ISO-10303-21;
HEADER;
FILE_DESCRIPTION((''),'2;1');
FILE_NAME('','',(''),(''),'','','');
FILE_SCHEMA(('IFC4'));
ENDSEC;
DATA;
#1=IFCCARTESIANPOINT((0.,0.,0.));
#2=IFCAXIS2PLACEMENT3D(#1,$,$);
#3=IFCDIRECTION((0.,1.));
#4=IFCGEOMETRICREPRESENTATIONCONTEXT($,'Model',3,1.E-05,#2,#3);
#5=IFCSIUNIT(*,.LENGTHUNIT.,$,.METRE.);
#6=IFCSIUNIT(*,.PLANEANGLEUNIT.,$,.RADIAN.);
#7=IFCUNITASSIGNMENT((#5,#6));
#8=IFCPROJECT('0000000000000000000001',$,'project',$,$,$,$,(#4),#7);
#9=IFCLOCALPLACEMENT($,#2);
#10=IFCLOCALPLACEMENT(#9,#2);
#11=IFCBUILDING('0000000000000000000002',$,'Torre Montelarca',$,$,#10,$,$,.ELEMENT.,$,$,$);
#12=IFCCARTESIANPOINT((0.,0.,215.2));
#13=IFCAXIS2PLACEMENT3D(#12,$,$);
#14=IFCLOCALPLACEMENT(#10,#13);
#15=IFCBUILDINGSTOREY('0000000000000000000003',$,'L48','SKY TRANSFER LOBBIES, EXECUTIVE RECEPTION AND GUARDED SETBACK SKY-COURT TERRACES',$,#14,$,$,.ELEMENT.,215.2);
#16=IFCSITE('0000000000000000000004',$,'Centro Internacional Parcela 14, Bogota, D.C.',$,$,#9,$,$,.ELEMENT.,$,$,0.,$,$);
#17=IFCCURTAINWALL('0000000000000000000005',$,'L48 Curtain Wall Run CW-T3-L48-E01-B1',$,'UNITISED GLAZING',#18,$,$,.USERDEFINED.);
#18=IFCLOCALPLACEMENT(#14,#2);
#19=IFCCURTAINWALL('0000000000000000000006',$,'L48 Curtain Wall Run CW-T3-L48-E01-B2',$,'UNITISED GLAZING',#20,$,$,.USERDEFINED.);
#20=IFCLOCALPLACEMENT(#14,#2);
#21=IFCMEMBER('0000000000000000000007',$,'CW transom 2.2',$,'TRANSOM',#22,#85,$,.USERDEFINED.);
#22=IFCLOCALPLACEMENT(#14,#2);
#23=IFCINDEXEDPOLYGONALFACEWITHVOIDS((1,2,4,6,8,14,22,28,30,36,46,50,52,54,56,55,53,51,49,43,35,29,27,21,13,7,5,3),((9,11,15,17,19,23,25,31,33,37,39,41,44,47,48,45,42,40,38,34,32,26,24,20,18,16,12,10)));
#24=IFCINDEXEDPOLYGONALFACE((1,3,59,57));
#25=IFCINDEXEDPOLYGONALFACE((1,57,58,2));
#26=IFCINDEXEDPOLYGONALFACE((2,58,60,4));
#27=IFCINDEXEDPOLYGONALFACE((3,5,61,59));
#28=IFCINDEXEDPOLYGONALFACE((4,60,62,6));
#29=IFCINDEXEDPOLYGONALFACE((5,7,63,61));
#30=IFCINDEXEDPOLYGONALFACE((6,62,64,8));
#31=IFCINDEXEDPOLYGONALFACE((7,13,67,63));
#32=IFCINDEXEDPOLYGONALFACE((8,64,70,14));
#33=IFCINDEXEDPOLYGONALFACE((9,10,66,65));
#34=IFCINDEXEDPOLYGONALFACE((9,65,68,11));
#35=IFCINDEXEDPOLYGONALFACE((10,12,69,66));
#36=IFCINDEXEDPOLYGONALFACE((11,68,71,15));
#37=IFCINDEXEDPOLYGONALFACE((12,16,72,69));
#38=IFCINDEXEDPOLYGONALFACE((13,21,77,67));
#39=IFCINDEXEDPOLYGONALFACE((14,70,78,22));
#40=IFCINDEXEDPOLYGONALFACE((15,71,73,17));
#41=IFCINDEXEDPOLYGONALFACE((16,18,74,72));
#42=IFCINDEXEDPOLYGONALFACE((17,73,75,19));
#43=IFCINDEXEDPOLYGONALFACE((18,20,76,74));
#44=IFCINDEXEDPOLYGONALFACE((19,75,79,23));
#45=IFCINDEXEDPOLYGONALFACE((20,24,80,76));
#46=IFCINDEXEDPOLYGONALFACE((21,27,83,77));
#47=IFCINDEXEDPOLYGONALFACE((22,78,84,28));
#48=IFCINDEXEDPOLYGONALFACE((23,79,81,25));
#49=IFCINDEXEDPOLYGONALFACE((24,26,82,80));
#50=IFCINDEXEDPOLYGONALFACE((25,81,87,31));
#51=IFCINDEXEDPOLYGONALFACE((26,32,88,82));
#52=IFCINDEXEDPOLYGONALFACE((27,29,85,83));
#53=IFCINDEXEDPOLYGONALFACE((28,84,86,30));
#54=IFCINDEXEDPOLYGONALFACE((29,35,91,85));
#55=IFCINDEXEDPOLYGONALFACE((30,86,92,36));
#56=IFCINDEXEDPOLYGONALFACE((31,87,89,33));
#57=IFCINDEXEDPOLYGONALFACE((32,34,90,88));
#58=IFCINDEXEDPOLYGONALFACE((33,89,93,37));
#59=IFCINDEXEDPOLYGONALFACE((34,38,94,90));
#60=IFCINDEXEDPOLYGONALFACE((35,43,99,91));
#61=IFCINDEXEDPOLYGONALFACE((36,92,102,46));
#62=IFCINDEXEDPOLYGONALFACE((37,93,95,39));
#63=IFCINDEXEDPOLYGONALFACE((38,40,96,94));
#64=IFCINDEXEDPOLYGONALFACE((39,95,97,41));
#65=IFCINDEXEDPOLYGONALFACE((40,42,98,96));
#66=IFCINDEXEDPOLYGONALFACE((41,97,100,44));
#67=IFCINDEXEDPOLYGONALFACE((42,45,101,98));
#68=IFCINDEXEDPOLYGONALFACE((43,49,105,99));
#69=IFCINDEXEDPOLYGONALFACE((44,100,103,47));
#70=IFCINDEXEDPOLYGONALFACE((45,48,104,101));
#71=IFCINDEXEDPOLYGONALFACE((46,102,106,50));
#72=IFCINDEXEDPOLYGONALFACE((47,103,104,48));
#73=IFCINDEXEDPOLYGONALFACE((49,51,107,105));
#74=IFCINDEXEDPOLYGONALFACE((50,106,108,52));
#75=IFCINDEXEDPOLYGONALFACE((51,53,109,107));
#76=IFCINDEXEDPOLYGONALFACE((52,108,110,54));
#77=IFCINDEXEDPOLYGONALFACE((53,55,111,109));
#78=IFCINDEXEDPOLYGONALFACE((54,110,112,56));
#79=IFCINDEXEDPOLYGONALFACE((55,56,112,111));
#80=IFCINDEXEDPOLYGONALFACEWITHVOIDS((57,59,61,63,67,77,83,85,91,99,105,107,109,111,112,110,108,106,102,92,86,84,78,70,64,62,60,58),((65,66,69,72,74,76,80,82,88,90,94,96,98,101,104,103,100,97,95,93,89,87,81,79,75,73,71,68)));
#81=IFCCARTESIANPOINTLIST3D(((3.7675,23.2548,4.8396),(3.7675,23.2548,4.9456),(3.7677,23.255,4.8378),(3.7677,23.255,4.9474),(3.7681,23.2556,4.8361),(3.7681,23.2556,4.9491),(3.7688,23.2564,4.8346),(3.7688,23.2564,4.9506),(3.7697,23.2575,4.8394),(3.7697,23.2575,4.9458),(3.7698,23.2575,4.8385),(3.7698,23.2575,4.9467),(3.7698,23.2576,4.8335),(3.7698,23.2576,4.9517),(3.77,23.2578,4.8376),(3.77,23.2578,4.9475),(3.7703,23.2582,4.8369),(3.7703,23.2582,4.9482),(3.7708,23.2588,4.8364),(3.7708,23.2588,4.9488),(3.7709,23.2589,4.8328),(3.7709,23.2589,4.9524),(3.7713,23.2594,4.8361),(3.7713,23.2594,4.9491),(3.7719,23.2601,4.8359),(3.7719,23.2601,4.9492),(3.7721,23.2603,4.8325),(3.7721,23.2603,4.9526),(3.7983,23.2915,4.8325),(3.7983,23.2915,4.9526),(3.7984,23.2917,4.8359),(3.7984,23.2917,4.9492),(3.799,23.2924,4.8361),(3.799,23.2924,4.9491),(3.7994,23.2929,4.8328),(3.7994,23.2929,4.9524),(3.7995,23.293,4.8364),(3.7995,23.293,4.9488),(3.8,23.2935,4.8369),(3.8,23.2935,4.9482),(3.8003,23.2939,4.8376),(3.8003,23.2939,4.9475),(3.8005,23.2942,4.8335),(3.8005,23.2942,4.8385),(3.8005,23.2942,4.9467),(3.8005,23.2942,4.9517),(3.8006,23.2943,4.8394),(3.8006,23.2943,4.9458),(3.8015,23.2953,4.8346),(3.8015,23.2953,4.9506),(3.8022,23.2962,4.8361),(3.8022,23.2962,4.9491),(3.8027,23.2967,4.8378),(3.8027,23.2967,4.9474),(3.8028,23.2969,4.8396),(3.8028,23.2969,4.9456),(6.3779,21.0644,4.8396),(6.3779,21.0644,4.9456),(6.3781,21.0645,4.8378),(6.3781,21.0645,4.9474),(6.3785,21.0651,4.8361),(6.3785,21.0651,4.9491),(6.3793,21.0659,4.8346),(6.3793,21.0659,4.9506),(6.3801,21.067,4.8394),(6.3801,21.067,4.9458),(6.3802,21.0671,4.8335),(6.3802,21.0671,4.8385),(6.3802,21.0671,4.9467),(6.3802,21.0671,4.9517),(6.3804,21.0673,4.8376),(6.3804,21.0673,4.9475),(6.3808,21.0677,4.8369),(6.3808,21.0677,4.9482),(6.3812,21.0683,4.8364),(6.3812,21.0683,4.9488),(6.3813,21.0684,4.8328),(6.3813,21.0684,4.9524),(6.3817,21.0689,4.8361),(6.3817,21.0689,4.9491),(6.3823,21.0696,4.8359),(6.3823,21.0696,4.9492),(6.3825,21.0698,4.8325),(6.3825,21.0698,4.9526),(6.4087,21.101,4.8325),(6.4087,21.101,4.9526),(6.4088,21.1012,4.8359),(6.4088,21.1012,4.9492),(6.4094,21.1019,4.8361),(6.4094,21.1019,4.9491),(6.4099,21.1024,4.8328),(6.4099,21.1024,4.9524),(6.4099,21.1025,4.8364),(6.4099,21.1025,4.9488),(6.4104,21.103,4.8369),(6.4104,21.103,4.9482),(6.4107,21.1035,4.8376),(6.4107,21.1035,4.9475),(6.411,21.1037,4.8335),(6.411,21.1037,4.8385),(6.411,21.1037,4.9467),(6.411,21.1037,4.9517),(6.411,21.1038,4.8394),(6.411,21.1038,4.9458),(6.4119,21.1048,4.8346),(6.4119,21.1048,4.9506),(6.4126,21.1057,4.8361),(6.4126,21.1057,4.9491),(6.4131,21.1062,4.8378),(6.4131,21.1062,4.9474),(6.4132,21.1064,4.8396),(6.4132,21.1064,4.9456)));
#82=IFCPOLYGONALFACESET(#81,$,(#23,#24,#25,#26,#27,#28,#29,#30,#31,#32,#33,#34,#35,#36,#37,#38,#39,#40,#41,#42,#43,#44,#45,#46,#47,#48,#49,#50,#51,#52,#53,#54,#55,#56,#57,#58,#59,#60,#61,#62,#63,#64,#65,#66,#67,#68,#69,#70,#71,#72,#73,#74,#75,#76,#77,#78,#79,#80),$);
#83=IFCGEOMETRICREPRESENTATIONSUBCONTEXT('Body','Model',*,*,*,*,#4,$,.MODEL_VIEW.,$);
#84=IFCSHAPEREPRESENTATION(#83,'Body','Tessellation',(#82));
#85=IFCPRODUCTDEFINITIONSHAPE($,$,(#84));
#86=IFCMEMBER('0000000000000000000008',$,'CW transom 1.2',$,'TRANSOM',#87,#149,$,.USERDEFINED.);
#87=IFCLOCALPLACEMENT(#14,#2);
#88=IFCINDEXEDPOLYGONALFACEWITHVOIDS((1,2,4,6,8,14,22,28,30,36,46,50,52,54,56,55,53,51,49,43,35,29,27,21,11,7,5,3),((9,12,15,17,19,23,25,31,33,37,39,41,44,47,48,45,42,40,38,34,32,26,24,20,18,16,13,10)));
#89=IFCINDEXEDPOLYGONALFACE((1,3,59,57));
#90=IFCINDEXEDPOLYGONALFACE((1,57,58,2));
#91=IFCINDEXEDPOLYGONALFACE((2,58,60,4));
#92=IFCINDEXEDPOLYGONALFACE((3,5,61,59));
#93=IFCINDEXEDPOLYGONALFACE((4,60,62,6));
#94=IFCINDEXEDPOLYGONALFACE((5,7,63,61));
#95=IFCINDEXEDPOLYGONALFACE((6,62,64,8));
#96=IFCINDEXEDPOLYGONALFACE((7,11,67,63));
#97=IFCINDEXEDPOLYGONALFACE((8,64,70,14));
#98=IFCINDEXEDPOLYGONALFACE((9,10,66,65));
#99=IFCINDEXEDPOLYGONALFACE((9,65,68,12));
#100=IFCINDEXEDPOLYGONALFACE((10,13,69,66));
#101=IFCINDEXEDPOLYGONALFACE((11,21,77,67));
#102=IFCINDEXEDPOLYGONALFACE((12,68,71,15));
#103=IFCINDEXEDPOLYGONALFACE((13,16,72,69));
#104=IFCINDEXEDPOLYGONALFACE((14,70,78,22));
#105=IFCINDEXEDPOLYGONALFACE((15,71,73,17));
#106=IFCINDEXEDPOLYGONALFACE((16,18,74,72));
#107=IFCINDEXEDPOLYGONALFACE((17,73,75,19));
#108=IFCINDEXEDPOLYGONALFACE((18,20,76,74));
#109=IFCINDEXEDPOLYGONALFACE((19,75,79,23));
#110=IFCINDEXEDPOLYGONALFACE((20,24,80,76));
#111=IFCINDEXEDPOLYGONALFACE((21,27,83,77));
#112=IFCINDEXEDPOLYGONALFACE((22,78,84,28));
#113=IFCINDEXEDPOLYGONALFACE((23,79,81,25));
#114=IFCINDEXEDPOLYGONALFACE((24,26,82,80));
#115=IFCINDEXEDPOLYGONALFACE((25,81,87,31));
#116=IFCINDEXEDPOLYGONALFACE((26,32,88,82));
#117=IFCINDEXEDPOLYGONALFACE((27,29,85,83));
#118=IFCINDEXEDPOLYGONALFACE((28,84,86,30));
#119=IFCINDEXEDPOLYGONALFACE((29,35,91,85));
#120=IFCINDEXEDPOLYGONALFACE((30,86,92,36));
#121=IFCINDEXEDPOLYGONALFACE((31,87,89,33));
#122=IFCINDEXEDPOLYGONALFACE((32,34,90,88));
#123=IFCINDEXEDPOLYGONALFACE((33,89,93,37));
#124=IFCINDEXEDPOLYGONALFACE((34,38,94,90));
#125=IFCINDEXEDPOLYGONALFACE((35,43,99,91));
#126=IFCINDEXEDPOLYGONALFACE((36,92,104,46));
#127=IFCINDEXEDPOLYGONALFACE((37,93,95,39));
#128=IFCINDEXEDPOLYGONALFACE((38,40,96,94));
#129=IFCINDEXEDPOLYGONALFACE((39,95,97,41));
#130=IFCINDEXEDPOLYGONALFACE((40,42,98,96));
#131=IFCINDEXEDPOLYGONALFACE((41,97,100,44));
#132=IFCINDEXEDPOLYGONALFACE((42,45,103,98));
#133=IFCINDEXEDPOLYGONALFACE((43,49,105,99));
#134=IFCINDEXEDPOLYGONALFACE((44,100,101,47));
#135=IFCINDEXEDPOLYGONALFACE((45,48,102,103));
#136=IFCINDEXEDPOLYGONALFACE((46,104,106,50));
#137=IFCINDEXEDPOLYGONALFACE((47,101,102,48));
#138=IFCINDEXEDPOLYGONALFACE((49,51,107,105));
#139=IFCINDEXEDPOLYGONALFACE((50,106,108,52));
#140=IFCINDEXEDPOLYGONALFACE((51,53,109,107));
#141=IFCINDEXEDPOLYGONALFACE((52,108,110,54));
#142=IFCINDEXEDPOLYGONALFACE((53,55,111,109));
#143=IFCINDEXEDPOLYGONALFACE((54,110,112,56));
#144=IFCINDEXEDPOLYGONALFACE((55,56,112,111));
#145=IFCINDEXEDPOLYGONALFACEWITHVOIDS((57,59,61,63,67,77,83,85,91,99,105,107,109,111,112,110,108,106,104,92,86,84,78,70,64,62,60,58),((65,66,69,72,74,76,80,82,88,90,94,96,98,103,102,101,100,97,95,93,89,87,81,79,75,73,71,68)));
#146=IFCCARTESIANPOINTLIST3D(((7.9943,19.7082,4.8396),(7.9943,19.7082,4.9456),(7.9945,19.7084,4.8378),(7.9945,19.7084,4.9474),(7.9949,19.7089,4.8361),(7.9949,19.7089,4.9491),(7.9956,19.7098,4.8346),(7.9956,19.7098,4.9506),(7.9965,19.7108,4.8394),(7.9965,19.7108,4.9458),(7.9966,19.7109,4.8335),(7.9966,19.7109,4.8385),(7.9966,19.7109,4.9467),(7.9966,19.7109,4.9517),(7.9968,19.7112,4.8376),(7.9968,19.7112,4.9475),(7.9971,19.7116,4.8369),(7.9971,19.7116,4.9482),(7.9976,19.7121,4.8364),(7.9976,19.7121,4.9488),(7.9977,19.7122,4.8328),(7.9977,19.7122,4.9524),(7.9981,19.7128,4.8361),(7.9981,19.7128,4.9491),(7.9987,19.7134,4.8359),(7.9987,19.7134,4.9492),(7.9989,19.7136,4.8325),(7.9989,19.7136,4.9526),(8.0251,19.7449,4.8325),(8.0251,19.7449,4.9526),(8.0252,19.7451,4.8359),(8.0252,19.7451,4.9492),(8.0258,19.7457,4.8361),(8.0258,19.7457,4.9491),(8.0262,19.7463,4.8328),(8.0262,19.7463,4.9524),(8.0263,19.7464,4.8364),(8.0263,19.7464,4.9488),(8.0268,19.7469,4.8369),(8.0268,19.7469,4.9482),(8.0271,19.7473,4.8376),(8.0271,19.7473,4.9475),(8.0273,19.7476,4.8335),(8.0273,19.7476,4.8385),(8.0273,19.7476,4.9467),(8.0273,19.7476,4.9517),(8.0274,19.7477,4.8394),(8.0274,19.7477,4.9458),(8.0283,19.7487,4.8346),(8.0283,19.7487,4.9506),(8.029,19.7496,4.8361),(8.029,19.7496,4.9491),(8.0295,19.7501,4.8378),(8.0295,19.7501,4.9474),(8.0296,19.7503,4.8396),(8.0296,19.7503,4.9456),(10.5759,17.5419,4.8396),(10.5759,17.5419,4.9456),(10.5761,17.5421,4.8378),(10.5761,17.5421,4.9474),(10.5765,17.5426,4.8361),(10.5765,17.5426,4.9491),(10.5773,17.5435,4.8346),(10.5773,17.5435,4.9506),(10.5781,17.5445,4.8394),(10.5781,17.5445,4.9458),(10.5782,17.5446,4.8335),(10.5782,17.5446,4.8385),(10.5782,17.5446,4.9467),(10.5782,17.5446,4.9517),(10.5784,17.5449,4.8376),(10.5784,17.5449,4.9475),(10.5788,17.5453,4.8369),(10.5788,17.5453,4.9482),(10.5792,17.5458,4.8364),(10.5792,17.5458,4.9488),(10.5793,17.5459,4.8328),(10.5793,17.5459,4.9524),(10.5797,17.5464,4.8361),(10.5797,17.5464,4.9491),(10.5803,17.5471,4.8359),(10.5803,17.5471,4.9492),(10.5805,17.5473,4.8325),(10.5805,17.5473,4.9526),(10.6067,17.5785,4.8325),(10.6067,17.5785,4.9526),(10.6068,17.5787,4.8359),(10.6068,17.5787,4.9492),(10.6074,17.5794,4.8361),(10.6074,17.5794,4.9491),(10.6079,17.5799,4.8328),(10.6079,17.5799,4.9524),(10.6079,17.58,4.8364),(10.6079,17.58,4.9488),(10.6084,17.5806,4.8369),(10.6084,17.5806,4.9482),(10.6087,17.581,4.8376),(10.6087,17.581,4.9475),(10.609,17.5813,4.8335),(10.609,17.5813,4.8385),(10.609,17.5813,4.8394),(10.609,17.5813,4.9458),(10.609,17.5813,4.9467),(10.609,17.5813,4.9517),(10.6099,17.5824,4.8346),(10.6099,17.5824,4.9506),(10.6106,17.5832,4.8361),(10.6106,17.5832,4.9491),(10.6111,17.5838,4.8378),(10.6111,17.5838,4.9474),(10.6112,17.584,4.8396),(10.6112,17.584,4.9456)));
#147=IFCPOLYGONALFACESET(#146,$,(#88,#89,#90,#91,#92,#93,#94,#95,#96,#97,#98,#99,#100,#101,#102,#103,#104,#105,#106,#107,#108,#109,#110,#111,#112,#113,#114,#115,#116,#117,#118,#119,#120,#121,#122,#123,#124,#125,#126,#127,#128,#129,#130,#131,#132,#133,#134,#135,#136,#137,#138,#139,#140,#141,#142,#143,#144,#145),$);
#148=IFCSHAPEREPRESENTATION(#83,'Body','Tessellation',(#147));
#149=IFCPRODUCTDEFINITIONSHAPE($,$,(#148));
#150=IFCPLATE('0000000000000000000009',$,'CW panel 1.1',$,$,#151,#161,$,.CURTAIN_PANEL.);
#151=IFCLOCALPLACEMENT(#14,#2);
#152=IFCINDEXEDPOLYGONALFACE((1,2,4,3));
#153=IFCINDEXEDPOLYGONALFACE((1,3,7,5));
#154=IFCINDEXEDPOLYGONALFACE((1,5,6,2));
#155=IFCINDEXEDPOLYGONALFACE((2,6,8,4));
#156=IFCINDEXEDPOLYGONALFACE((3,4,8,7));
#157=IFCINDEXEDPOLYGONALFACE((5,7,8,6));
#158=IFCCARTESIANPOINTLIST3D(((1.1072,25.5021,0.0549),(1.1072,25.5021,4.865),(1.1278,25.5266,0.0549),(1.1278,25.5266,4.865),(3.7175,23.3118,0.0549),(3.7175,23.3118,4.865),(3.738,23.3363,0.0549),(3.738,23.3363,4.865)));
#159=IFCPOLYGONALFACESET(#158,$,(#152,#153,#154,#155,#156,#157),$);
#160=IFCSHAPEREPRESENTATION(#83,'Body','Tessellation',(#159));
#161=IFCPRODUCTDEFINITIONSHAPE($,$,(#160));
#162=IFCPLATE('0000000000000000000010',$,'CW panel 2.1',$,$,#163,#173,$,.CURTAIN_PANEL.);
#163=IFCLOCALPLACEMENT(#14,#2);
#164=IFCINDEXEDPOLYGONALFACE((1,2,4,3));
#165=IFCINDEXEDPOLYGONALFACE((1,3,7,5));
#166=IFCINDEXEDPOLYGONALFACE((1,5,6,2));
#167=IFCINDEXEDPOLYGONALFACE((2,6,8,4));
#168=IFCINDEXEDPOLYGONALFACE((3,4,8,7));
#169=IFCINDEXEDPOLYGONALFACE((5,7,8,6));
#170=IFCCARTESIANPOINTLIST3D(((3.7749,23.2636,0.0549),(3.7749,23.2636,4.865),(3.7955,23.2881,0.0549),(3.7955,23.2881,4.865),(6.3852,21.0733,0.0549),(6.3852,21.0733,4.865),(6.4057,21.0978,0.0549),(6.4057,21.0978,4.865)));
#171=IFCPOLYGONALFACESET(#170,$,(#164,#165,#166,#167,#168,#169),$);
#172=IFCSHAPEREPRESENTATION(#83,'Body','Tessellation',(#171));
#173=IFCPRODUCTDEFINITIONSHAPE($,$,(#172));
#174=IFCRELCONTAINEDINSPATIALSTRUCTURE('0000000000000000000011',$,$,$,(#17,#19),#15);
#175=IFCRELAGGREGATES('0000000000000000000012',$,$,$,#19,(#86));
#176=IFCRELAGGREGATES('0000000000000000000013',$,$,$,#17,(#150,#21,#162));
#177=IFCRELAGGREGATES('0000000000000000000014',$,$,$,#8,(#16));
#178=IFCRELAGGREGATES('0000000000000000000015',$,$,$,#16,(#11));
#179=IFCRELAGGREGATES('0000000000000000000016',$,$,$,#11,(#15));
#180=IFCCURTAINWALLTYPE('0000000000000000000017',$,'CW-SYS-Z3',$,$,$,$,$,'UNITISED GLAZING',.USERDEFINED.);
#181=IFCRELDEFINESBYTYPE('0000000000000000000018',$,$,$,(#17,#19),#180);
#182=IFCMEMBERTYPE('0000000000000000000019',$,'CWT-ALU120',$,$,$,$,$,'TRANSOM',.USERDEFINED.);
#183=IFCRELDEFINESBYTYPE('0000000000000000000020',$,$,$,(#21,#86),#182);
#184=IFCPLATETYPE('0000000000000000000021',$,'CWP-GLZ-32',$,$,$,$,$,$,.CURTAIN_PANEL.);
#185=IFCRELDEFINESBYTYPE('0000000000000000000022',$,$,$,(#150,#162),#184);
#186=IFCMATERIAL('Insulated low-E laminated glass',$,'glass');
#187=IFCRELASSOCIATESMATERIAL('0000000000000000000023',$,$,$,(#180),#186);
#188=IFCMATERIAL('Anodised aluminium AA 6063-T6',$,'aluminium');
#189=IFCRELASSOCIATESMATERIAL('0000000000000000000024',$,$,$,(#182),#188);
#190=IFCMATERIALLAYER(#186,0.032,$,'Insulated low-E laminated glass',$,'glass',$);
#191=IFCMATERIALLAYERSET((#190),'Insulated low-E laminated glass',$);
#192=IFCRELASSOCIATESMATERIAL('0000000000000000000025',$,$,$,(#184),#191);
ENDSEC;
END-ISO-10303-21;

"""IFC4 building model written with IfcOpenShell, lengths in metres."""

from ifc_helpers import new_model, si_unit, direction, frame, origin, origin_2d, place, context, subcontext, project, spatial, rectangle, hollow_rectangle, extrude, source, transform, mapped, material, layer, layer_set, material_profile, profile_set, type_object, element, aggregate, save


model = new_model("IFC4")

# Units and contexts
model_context = context("Model", 3, precision=1e-05, world=origin(), true_north=direction((0.0, 1.0)))
body_context = subcontext(model_context, "Body", "Model", "MODEL_VIEW")
ifc_project = project(units=[si_unit("LENGTHUNIT", "METRE"), si_unit("PLANEANGLEUNIT", "RADIAN")], contexts=[model_context])

# Site, building, storey
site_placement = place(None, origin())
site = spatial("IfcSite", under=ifc_project, at=site_placement, Name="Centro Internacional Parcela 14, Bogota, D.C.", CompositionType="ELEMENT", RefElevation=0.0)
building_placement = place(site_placement, origin())
building = spatial("IfcBuilding", under=site, at=building_placement, Name="Torre Montelarca", CompositionType="ELEMENT")
storey_placement = place(building_placement, frame((0.0, 0.0, 215.2)))
storey = spatial("IfcBuildingStorey", under=building, at=storey_placement, Name="L48", Description="SKY TRANSFER LOBBIES, EXECUTIVE RECEPTION AND GUARDED SETBACK SKY-COURT TERRACES", CompositionType="ELEMENT", Elevation=215.2)

# Curtain wall
ifc_material_1 = material(Name="Insulated low-E laminated glass", Category="glass")
curtain_wall_type = type_object("IfcCurtainWallType", Name="CW-SYS-Z3", ElementType="UNITISED GLAZING", PredefinedType="USERDEFINED", material=ifc_material_1)
curtain_wall_1_placement = place(storey_placement, origin())
curtain_wall_1 = element("IfcCurtainWall", 1, at=curtain_wall_1_placement, inside=storey, type_object=curtain_wall_type, Name="L48 Curtain Wall Run CW-T3-L48-E01-B1", ObjectType="UNITISED GLAZING", PredefinedType="USERDEFINED")
ifc_material_2 = material(Name="Anodised aluminium AA 6063-T6", Category="aluminium")

# Curtain wall
curtain_wall_2_placement = place(storey_placement, origin())
curtain_wall_2 = element("IfcCurtainWall", 2, at=curtain_wall_2_placement, inside=storey, type_object=curtain_wall_type, Name="L48 Curtain Wall Run CW-T3-L48-E01-B2", ObjectType="UNITISED GLAZING", PredefinedType="USERDEFINED")

# Members
ifc_material_profile_1 = material_profile(ifc_material_2, hollow_rectangle(XDim=0.0549, YDim=0.1201, WallThickness=0.0034, InnerFilletRadius=0.0034, OuterFilletRadius=0.0071, at=origin_2d()), Name="ALU55X120X3.5", Category="aluminium")
ifc_profile_set_1 = profile_set([ifc_material_profile_1], Name="Anodised aluminium AA 6063-T6")
member_type_1 = type_object("IfcMemberType", Name="CWT-ALU120", ElementType="TRANSOM", PredefinedType="USERDEFINED", material=ifc_profile_set_1)
shared_shape_1 = source(origin(), body_context, "Body", "SweptSolid", [
    extrude(hollow_rectangle(XDim=0.0549, YDim=0.1201, WallThickness=0.0034, InnerFilletRadius=0.0034, OuterFilletRadius=0.0071, at=origin_2d()), origin(), (0.0, 0.0, 1.0), 3.4077),
])
member_1_placement = place(storey_placement, frame((3.7852, 23.2759, 4.8926), z_axis=(0.766032, -0.642802, 0.0), x_axis=(0.642802, 0.766032, 0.0)))
member_1 = element("IfcMember", 3, at=member_1_placement, type_object=member_type_1, Name="CW transom 2.2", ObjectType="TRANSOM", PredefinedType="USERDEFINED", context=body_context, shape_type="MappedRepresentation", body=[
    mapped(shared_shape_1, transform((0.0, 0.0, 0.0), scale=1.0)),
])
shared_shape_2 = source(origin(), body_context, "Body", "SweptSolid", [
    extrude(hollow_rectangle(XDim=0.0549, YDim=0.1201, WallThickness=0.0034, InnerFilletRadius=0.0034, OuterFilletRadius=0.0071, at=origin_2d()), origin(), (0.0, 0.0, 1.0), 3.3701),
])
member_2_placement = place(storey_placement, frame((8.012, 19.7292, 4.8926), z_axis=(0.766032, -0.642803, 0.0), x_axis=(0.642803, 0.766032, 0.0)))
member_2 = element("IfcMember", 4, at=member_2_placement, type_object=member_type_1, Name="CW transom 1.2", ObjectType="TRANSOM", PredefinedType="USERDEFINED", context=body_context, shape_type="MappedRepresentation", body=[
    mapped(shared_shape_2, transform((0.0, 0.0, 0.0), scale=1.0)),
])
aggregate(curtain_wall_2, [member_2])

# Plates
ifc_layer_1 = layer(ifc_material_1, 0.032, Name="Insulated low-E laminated glass", Category="glass")
ifc_layer_set_1 = layer_set([ifc_layer_1], Name="Insulated low-E laminated glass")
plate_type = type_object("IfcPlateType", Name="CWP-GLZ-32", PredefinedType="CURTAIN_PANEL", material=ifc_layer_set_1)
shared_shape_3 = source(origin(), body_context, "Body", "SweptSolid", [
    extrude(rectangle(XDim=3.4075, YDim=0.032, at=origin_2d()), origin(), (0.0, 0.0, 1.0), 4.8101),
])
plate_1_placement = place(storey_placement, frame((2.4226, 24.4192, 0.0549), z_axis=(0.0, 0.0, 1.0), x_axis=(0.766043, -0.642789, 0.0)))
plate_1 = element("IfcPlate", 5, at=plate_1_placement, type_object=plate_type, Name="CW panel 1.1", PredefinedType="CURTAIN_PANEL", context=body_context, shape_type="MappedRepresentation", body=[
    mapped(shared_shape_3, transform((0.0, 0.0, 0.0), scale=1.0)),
])
plate_2_placement = place(storey_placement, frame((5.0903, 22.1807, 0.0549), z_axis=(0.0, 0.0, 1.0), x_axis=(0.766043, -0.642789, 0.0)))
plate_2 = element("IfcPlate", 6, at=plate_2_placement, type_object=plate_type, Name="CW panel 2.1", PredefinedType="CURTAIN_PANEL", context=body_context, shape_type="MappedRepresentation", body=[
    mapped(shared_shape_3, transform((0.0, 0.0, 0.0), scale=1.0)),
])
aggregate(curtain_wall_1, [plate_1, member_1, plate_2])

save(model, "model.ifc")
